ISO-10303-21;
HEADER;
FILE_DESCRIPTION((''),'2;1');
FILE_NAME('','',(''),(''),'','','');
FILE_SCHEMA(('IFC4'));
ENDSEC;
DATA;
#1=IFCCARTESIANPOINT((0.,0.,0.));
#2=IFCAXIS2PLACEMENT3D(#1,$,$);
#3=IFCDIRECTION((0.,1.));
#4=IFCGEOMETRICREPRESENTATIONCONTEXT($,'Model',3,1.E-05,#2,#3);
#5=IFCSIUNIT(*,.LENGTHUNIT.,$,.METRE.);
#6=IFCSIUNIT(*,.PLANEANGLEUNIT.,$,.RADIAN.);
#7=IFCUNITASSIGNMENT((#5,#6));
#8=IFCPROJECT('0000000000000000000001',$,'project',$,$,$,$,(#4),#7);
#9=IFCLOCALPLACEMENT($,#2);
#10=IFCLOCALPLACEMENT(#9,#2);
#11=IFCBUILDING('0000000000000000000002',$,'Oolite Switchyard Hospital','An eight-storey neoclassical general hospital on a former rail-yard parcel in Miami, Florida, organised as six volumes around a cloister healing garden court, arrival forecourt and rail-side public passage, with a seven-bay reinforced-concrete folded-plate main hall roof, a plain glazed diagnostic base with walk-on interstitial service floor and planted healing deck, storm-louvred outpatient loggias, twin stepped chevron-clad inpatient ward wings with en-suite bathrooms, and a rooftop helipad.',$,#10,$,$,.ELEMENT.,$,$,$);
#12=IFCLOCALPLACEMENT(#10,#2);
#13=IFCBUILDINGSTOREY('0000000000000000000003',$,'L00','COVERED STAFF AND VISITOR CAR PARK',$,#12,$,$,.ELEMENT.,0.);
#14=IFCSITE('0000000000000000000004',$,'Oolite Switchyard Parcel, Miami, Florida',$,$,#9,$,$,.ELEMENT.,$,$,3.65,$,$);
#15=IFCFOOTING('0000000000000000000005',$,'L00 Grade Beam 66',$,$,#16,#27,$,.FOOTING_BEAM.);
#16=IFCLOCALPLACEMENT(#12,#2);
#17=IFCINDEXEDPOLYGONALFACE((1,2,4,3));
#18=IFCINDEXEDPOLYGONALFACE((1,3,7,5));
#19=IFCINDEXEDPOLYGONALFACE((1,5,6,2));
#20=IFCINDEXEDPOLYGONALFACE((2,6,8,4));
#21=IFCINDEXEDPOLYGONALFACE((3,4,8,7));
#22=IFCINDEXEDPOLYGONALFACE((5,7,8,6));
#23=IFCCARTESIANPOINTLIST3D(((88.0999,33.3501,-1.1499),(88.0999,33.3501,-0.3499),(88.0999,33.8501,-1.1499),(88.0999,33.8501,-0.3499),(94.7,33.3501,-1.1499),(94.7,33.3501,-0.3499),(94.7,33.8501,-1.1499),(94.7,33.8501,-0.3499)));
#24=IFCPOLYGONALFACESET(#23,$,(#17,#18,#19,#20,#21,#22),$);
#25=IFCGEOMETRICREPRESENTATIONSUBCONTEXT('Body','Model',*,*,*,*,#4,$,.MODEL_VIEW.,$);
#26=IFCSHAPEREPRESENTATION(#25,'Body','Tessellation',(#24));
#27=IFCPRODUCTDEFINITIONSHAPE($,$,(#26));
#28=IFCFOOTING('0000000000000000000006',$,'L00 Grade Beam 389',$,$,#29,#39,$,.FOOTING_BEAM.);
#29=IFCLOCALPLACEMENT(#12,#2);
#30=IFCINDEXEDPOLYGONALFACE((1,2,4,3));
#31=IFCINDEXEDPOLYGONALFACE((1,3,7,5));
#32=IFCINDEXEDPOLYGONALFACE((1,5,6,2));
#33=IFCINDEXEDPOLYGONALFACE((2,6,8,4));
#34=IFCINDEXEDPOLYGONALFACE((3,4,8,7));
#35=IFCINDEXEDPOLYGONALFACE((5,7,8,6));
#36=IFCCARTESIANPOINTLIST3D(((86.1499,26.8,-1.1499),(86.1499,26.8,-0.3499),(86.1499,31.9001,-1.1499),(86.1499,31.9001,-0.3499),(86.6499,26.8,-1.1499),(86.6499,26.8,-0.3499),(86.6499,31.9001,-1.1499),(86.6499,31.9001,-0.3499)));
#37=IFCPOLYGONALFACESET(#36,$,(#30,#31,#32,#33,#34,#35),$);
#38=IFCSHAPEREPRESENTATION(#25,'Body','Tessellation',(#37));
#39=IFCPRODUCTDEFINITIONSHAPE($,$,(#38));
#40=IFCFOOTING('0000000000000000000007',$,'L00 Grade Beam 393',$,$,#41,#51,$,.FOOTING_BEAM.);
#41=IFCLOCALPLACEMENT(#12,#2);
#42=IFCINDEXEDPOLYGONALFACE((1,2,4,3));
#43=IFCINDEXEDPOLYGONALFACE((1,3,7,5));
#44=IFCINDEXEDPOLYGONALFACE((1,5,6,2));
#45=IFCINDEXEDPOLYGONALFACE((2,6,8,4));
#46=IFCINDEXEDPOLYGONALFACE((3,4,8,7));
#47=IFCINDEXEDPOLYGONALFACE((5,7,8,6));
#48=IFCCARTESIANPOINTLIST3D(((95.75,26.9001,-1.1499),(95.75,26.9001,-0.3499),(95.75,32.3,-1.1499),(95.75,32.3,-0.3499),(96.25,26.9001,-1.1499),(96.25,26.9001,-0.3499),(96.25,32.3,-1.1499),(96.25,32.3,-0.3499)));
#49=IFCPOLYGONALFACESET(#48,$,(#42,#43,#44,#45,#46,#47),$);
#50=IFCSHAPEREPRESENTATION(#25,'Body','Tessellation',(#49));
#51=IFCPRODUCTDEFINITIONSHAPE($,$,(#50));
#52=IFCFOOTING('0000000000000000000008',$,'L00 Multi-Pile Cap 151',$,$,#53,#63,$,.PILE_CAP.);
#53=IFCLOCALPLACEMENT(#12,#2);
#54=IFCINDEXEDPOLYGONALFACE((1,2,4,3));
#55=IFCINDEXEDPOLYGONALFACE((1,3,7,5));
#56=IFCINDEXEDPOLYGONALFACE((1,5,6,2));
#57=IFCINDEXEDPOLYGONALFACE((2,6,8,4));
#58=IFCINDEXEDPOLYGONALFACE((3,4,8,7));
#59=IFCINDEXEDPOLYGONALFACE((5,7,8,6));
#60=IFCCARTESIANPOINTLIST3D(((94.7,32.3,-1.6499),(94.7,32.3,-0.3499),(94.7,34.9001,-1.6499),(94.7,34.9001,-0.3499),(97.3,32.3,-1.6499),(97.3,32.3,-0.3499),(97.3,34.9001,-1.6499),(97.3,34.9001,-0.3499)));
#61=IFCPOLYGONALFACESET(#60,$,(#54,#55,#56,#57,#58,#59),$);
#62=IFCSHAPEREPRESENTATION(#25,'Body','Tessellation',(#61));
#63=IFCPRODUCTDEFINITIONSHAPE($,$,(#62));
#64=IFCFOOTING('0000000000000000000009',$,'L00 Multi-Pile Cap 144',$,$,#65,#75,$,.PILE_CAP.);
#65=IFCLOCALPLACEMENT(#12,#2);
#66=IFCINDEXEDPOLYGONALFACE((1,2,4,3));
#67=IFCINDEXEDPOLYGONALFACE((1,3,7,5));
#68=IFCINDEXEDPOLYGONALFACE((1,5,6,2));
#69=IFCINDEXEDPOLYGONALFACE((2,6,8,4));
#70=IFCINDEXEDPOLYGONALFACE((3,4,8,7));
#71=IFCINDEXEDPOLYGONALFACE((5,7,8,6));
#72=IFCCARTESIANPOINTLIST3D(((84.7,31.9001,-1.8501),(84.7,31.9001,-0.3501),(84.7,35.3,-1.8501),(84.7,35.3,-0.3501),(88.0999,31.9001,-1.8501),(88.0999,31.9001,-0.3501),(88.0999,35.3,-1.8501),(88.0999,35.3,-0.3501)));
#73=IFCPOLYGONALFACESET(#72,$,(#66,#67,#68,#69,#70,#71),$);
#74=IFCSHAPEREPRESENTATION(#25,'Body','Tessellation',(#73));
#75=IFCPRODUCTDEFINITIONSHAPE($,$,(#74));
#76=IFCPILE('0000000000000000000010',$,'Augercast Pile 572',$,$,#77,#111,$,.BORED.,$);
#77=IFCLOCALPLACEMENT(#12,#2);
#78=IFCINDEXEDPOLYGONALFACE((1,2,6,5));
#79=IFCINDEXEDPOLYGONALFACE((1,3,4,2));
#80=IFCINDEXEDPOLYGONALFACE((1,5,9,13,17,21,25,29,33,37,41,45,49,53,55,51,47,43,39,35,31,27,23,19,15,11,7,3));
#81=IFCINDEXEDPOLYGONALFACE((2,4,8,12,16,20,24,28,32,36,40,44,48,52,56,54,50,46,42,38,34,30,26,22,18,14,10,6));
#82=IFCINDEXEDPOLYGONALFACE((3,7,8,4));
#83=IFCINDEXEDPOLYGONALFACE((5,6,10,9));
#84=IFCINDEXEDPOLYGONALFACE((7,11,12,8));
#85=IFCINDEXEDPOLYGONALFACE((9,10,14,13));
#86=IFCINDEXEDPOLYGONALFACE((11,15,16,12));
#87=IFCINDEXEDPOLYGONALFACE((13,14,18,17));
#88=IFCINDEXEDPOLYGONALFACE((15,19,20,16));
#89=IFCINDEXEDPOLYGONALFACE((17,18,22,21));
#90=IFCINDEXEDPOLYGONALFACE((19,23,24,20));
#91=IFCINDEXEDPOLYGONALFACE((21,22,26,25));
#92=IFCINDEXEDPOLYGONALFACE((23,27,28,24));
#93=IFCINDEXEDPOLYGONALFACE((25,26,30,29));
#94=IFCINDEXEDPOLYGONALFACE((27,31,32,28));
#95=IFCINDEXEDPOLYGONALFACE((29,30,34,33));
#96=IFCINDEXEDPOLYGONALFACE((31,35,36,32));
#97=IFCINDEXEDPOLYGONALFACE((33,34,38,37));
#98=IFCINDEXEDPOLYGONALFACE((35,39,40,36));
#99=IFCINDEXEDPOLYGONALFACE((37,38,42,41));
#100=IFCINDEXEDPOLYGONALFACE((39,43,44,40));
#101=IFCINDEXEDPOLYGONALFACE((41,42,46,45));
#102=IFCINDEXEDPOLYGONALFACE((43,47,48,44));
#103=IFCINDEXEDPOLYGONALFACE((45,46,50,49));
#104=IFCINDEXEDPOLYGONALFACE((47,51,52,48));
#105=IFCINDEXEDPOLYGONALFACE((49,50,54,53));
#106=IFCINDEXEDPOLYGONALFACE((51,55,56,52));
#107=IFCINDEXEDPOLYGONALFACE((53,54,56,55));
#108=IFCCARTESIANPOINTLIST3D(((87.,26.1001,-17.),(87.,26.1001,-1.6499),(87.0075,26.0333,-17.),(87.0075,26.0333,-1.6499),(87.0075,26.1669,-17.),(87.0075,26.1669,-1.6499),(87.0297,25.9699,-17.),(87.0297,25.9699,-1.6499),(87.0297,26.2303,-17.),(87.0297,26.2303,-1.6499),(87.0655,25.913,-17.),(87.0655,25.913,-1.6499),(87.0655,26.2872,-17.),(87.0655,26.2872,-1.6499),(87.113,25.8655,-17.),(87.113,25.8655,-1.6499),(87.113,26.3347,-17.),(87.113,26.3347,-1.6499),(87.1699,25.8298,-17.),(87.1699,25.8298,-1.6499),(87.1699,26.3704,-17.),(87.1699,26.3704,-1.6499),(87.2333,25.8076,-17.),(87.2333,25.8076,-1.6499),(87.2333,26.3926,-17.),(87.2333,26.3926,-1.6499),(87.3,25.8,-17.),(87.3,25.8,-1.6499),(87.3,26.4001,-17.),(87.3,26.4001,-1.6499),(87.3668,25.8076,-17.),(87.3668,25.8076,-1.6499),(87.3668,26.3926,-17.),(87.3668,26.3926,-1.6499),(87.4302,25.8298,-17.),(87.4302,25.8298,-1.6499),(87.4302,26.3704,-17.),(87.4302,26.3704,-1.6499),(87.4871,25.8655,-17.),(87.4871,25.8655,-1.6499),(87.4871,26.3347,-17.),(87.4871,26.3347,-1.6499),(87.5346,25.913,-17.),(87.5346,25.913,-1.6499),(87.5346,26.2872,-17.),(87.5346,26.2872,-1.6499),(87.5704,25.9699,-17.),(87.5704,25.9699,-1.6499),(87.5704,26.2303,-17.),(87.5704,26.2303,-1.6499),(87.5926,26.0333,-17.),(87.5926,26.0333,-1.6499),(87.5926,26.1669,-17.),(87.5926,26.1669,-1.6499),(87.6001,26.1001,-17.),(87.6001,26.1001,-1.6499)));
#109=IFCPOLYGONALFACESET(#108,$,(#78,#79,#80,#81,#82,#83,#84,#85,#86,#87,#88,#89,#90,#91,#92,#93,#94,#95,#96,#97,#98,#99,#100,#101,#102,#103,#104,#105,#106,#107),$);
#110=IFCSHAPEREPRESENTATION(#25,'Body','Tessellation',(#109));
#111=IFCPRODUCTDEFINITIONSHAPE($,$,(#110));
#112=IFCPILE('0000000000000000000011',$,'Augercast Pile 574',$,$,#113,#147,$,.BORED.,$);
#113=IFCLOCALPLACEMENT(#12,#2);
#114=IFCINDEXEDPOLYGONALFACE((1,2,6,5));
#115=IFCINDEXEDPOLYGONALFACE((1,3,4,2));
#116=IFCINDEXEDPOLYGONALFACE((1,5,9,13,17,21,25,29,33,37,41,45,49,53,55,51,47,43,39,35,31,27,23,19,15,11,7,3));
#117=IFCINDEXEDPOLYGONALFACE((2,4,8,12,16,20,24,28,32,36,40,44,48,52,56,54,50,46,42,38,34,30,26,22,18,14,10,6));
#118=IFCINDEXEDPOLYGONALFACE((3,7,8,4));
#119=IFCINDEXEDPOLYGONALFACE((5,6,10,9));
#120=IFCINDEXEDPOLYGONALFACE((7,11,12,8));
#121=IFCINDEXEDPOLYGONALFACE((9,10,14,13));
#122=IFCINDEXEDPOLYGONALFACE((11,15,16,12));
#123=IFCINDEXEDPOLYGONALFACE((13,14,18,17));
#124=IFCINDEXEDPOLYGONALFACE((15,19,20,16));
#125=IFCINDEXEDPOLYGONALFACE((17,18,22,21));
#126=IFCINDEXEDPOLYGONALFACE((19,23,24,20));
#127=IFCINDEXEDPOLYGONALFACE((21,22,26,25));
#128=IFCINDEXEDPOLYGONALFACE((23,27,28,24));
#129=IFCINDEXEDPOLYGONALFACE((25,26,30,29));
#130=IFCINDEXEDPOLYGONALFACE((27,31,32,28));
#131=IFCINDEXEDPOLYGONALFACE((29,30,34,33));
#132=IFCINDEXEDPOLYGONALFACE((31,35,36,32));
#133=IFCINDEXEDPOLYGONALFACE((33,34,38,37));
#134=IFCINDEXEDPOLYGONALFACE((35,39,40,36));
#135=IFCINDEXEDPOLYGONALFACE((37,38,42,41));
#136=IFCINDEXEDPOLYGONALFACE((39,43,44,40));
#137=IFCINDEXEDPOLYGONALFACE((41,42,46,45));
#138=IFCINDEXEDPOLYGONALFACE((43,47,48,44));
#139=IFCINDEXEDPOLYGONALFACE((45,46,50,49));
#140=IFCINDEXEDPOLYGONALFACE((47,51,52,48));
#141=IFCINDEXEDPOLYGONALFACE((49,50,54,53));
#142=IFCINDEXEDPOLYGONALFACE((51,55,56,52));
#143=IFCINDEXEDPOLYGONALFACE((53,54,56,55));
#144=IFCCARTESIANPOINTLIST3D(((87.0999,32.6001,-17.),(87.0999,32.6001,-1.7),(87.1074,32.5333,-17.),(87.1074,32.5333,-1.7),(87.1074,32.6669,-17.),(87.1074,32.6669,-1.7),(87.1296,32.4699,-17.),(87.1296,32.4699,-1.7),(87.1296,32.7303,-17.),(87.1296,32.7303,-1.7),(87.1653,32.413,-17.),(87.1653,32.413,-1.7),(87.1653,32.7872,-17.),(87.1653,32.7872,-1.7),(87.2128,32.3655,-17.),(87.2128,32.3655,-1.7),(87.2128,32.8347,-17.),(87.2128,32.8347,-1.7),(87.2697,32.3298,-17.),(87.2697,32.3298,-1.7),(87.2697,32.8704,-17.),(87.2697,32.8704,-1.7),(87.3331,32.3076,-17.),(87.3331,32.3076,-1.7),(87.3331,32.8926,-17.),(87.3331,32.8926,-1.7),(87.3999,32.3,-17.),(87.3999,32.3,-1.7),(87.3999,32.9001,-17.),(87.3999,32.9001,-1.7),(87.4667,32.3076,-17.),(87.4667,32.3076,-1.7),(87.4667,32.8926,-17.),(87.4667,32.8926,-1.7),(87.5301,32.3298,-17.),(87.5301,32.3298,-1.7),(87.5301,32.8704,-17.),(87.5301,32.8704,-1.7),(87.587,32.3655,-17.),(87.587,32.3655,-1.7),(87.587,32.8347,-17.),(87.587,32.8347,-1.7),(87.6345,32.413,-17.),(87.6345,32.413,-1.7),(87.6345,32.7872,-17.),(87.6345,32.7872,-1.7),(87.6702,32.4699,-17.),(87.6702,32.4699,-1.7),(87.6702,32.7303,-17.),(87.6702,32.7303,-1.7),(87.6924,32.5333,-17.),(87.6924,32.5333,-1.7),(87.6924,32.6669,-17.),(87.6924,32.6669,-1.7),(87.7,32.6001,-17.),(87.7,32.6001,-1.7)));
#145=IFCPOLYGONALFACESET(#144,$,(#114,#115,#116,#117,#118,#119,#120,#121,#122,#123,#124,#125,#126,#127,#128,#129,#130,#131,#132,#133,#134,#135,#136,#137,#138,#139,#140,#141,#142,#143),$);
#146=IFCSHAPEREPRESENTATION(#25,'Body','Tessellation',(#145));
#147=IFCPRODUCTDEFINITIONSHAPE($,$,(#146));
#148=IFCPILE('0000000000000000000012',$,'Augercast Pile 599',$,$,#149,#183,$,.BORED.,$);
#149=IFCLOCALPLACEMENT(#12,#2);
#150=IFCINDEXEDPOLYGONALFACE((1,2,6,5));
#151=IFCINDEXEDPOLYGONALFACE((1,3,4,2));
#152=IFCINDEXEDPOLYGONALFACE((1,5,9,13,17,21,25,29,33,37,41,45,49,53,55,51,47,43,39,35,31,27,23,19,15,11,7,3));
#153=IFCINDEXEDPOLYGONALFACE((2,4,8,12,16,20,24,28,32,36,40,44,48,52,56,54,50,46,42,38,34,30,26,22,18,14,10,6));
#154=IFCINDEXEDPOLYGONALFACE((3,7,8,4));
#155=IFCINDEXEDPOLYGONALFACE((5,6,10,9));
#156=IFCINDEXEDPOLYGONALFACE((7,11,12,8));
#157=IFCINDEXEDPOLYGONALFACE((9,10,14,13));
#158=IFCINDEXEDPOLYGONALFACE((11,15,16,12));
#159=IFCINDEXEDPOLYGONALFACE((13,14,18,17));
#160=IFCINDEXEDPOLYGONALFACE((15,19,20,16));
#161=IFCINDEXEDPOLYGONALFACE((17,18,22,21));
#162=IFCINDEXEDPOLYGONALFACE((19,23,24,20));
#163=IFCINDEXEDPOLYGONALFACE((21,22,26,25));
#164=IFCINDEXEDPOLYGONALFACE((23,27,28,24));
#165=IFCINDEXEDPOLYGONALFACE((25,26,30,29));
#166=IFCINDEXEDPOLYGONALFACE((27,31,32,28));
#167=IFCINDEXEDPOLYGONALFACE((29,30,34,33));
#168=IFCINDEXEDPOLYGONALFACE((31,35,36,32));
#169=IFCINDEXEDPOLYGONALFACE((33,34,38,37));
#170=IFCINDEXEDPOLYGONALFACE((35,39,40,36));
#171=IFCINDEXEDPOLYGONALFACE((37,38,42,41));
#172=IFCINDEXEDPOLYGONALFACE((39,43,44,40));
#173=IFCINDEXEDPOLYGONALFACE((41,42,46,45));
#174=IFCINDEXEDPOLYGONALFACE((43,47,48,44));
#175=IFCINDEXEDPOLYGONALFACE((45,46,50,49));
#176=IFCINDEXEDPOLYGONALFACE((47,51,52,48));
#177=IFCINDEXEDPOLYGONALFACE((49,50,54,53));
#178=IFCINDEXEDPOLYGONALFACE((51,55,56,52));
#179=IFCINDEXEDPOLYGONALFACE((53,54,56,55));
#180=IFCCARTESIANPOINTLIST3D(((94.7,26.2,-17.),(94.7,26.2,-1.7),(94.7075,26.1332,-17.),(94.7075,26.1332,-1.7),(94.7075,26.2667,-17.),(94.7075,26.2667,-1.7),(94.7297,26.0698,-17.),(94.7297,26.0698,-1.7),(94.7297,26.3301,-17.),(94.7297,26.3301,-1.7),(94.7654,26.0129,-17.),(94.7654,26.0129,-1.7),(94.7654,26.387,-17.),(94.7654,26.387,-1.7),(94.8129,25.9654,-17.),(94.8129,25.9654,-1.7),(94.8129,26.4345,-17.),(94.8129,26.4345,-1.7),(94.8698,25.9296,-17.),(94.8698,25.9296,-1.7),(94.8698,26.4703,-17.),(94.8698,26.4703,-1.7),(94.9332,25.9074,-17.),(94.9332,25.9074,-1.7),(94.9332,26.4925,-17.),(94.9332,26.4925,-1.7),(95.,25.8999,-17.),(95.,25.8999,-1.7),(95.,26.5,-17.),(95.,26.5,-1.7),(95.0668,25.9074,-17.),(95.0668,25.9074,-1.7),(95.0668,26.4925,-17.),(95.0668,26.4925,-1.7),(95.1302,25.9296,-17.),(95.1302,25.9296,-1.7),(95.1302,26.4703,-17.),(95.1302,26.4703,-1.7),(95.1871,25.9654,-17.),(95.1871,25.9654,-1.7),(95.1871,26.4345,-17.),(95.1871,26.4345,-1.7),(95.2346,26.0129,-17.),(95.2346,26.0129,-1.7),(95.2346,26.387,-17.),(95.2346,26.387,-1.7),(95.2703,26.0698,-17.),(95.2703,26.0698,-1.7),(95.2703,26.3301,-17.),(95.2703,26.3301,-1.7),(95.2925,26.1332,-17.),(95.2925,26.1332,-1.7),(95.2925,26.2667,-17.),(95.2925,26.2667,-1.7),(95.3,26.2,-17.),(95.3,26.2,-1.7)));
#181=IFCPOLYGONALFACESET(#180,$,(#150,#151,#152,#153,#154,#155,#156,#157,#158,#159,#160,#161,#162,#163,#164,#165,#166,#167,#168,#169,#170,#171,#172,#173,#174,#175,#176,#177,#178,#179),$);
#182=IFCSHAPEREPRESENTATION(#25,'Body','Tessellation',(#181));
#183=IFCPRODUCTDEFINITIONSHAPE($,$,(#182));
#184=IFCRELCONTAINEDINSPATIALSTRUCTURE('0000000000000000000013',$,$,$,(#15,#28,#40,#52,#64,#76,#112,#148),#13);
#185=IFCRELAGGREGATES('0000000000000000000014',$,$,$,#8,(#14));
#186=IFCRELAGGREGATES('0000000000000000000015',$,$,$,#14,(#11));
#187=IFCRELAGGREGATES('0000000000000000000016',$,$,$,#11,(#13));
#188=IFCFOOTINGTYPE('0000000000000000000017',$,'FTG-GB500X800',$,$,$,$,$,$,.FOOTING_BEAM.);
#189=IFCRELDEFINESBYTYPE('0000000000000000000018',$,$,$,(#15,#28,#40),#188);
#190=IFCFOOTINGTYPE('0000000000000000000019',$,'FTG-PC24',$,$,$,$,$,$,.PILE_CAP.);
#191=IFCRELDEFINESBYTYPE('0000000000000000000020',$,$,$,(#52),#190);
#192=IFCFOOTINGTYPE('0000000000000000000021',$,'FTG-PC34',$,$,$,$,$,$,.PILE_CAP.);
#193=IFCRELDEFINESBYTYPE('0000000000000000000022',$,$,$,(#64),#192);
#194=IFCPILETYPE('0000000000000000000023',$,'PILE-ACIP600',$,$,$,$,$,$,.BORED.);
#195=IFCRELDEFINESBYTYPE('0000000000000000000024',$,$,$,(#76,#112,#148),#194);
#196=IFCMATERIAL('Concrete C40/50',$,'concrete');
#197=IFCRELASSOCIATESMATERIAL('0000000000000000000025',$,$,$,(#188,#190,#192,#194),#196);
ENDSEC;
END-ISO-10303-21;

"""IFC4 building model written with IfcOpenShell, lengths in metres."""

from ifc_helpers import new_model, si_unit, direction, frame, origin, origin_2d, place, context, subcontext, project, spatial, rectangle, circle, extrude, material, material_profile, profile_set, type_object, element, save


model = new_model("IFC4")

# Units and contexts
model_context = context("Model", 3, precision=1e-05, world=origin(), true_north=direction((0.0, 1.0)))
body_context = subcontext(model_context, "Body", "Model", "MODEL_VIEW")
ifc_project = project(units=[si_unit("LENGTHUNIT", "METRE"), si_unit("PLANEANGLEUNIT", "RADIAN")], contexts=[model_context])

# Site, building, storey
site_placement = place(None, origin())
site = spatial("IfcSite", under=ifc_project, at=site_placement, Name="Oolite Switchyard Parcel, Miami, Florida", CompositionType="ELEMENT", RefElevation=3.65)
building_placement = place(site_placement, origin())
building = spatial("IfcBuilding", under=site, at=building_placement, Name="Oolite Switchyard Hospital", Description="An eight-storey neoclassical general hospital on a former rail-yard parcel in Miami, Florida, organised as six volumes around a cloister healing garden court, arrival forecourt and rail-side public passage, with a seven-bay reinforced-concrete folded-plate main hall roof, a plain glazed diagnostic base with walk-on interstitial service floor and planted healing deck, storm-louvred outpatient loggias, twin stepped chevron-clad inpatient ward wings with en-suite bathrooms, and a rooftop helipad.", CompositionType="ELEMENT")
storey_placement = place(building_placement, origin())
storey = spatial("IfcBuildingStorey", under=building, at=storey_placement, Name="L00", Description="COVERED STAFF AND VISITOR CAR PARK", CompositionType="ELEMENT", Elevation=0.0)

# Footings
ifc_material_1 = material(Name="Concrete C40/50", Category="concrete")
footing_type_1 = type_object("IfcFootingType", Name="FTG-GB500X800", PredefinedType="FOOTING_BEAM", material=ifc_material_1)
footing_1_placement = place(storey_placement, frame((91.3999, 33.6001, -1.1499), z_axis=(0.0, 0.0, 1.0), x_axis=(1.0, 0.0, 0.0)))
element("IfcFooting", 1, at=footing_1_placement, inside=storey, type_object=footing_type_1, Name="L00 Grade Beam 66", PredefinedType="FOOTING_BEAM", context=body_context, shape_type="SweptSolid", body=[
    extrude(rectangle(XDim=6.6001, YDim=0.5, at=origin_2d()), origin(), (0.0, 0.0, 1.0), 0.8),
])
footing_2_placement = place(storey_placement, frame((86.3999, 29.3501, -1.1499), z_axis=(0.0, 0.0, 1.0), x_axis=(0.0, 1.0, 0.0)))
element("IfcFooting", 2, at=footing_2_placement, inside=storey, type_object=footing_type_1, Name="L00 Grade Beam 389", PredefinedType="FOOTING_BEAM", context=body_context, shape_type="SweptSolid", body=[
    extrude(rectangle(XDim=5.1001, YDim=0.5, at=origin_2d()), origin(), (0.0, 0.0, 1.0), 0.8),
])
footing_3_placement = place(storey_placement, frame((96.0, 29.6001, -1.1499), z_axis=(0.0, 0.0, 1.0), x_axis=(0.0, 1.0, 0.0)))
element("IfcFooting", 3, at=footing_3_placement, inside=storey, type_object=footing_type_1, Name="L00 Grade Beam 393", PredefinedType="FOOTING_BEAM", context=body_context, shape_type="SweptSolid", body=[
    extrude(rectangle(XDim=5.3999, YDim=0.5, at=origin_2d()), origin(), (0.0, 0.0, 1.0), 0.8),
])
footing_type_2 = type_object("IfcFootingType", Name="FTG-PC24", PredefinedType="PILE_CAP", material=ifc_material_1)
footing_4_placement = place(storey_placement, frame((96.0, 33.6001, -1.6499), z_axis=(0.0, 0.0, 1.0), x_axis=(1.0, 0.0, 0.0)))
element("IfcFooting", 4, at=footing_4_placement, inside=storey, type_object=footing_type_2, Name="L00 Multi-Pile Cap 151", PredefinedType="PILE_CAP", context=body_context, shape_type="SweptSolid", body=[
    extrude(rectangle(XDim=2.6001, YDim=2.6001, at=origin_2d()), origin(), (0.0, 0.0, 1.0), 1.3),
])
footing_type_3 = type_object("IfcFootingType", Name="FTG-PC34", PredefinedType="PILE_CAP", material=ifc_material_1)
footing_5_placement = place(storey_placement, frame((86.3999, 33.6001, -1.8501), z_axis=(0.0, 0.0, 1.0), x_axis=(1.0, 0.0, 0.0)))
element("IfcFooting", 5, at=footing_5_placement, inside=storey, type_object=footing_type_3, Name="L00 Multi-Pile Cap 144", PredefinedType="PILE_CAP", context=body_context, shape_type="SweptSolid", body=[
    extrude(rectangle(XDim=3.3999, YDim=3.3999, at=origin_2d()), origin(), (0.0, 0.0, 1.0), 1.5),
])

# Piles
ifc_material_profile_1 = material_profile(ifc_material_1, circle(Radius=0.3, at=origin_2d()), Name="PILE600")
ifc_profile_set_1 = profile_set([ifc_material_profile_1], Name="Concrete C40/50")
pile_type = type_object("IfcPileType", Name="PILE-ACIP600", PredefinedType="BORED", material=ifc_profile_set_1)
pile_placement = place(storey_placement, frame((87.3, 26.1001, -1.6499), z_axis=(0.0, 0.0, -1.0), x_axis=(1.0, 0.0, 0.0)))
element("IfcPile", 6, at=pile_placement, inside=storey, type_object=pile_type, Name="Augercast Pile 572", PredefinedType="BORED", context=body_context, shape_type="SweptSolid", body=[
    extrude(circle(Radius=0.3, at=origin_2d()), origin(), (0.0, 0.0, 1.0), 15.3501),
])
for number, where, z_axis, x_axis, name in (
    (7, (87.3999, 32.6001, -1.7), (0.0, 0.0, -1.0), (1.0, 0.0, 0.0), "Augercast Pile 574"),
    (8, (95.0, 26.2, -1.7), (0.0, 0.0, -1.0), (1.0, 0.0, 0.0), "Augercast Pile 599"),
):
    element("IfcPile", number, at=place(storey_placement, frame(where, z_axis=z_axis, x_axis=x_axis)), inside=storey, type_object=pile_type, Name=name, PredefinedType="BORED", context=body_context, shape_type="SweptSolid", body=[
        extrude(circle(Radius=0.3, at=origin_2d()), origin(), (0.0, 0.0, 1.0), 15.3),
    ])

save(model, "model.ifc")
